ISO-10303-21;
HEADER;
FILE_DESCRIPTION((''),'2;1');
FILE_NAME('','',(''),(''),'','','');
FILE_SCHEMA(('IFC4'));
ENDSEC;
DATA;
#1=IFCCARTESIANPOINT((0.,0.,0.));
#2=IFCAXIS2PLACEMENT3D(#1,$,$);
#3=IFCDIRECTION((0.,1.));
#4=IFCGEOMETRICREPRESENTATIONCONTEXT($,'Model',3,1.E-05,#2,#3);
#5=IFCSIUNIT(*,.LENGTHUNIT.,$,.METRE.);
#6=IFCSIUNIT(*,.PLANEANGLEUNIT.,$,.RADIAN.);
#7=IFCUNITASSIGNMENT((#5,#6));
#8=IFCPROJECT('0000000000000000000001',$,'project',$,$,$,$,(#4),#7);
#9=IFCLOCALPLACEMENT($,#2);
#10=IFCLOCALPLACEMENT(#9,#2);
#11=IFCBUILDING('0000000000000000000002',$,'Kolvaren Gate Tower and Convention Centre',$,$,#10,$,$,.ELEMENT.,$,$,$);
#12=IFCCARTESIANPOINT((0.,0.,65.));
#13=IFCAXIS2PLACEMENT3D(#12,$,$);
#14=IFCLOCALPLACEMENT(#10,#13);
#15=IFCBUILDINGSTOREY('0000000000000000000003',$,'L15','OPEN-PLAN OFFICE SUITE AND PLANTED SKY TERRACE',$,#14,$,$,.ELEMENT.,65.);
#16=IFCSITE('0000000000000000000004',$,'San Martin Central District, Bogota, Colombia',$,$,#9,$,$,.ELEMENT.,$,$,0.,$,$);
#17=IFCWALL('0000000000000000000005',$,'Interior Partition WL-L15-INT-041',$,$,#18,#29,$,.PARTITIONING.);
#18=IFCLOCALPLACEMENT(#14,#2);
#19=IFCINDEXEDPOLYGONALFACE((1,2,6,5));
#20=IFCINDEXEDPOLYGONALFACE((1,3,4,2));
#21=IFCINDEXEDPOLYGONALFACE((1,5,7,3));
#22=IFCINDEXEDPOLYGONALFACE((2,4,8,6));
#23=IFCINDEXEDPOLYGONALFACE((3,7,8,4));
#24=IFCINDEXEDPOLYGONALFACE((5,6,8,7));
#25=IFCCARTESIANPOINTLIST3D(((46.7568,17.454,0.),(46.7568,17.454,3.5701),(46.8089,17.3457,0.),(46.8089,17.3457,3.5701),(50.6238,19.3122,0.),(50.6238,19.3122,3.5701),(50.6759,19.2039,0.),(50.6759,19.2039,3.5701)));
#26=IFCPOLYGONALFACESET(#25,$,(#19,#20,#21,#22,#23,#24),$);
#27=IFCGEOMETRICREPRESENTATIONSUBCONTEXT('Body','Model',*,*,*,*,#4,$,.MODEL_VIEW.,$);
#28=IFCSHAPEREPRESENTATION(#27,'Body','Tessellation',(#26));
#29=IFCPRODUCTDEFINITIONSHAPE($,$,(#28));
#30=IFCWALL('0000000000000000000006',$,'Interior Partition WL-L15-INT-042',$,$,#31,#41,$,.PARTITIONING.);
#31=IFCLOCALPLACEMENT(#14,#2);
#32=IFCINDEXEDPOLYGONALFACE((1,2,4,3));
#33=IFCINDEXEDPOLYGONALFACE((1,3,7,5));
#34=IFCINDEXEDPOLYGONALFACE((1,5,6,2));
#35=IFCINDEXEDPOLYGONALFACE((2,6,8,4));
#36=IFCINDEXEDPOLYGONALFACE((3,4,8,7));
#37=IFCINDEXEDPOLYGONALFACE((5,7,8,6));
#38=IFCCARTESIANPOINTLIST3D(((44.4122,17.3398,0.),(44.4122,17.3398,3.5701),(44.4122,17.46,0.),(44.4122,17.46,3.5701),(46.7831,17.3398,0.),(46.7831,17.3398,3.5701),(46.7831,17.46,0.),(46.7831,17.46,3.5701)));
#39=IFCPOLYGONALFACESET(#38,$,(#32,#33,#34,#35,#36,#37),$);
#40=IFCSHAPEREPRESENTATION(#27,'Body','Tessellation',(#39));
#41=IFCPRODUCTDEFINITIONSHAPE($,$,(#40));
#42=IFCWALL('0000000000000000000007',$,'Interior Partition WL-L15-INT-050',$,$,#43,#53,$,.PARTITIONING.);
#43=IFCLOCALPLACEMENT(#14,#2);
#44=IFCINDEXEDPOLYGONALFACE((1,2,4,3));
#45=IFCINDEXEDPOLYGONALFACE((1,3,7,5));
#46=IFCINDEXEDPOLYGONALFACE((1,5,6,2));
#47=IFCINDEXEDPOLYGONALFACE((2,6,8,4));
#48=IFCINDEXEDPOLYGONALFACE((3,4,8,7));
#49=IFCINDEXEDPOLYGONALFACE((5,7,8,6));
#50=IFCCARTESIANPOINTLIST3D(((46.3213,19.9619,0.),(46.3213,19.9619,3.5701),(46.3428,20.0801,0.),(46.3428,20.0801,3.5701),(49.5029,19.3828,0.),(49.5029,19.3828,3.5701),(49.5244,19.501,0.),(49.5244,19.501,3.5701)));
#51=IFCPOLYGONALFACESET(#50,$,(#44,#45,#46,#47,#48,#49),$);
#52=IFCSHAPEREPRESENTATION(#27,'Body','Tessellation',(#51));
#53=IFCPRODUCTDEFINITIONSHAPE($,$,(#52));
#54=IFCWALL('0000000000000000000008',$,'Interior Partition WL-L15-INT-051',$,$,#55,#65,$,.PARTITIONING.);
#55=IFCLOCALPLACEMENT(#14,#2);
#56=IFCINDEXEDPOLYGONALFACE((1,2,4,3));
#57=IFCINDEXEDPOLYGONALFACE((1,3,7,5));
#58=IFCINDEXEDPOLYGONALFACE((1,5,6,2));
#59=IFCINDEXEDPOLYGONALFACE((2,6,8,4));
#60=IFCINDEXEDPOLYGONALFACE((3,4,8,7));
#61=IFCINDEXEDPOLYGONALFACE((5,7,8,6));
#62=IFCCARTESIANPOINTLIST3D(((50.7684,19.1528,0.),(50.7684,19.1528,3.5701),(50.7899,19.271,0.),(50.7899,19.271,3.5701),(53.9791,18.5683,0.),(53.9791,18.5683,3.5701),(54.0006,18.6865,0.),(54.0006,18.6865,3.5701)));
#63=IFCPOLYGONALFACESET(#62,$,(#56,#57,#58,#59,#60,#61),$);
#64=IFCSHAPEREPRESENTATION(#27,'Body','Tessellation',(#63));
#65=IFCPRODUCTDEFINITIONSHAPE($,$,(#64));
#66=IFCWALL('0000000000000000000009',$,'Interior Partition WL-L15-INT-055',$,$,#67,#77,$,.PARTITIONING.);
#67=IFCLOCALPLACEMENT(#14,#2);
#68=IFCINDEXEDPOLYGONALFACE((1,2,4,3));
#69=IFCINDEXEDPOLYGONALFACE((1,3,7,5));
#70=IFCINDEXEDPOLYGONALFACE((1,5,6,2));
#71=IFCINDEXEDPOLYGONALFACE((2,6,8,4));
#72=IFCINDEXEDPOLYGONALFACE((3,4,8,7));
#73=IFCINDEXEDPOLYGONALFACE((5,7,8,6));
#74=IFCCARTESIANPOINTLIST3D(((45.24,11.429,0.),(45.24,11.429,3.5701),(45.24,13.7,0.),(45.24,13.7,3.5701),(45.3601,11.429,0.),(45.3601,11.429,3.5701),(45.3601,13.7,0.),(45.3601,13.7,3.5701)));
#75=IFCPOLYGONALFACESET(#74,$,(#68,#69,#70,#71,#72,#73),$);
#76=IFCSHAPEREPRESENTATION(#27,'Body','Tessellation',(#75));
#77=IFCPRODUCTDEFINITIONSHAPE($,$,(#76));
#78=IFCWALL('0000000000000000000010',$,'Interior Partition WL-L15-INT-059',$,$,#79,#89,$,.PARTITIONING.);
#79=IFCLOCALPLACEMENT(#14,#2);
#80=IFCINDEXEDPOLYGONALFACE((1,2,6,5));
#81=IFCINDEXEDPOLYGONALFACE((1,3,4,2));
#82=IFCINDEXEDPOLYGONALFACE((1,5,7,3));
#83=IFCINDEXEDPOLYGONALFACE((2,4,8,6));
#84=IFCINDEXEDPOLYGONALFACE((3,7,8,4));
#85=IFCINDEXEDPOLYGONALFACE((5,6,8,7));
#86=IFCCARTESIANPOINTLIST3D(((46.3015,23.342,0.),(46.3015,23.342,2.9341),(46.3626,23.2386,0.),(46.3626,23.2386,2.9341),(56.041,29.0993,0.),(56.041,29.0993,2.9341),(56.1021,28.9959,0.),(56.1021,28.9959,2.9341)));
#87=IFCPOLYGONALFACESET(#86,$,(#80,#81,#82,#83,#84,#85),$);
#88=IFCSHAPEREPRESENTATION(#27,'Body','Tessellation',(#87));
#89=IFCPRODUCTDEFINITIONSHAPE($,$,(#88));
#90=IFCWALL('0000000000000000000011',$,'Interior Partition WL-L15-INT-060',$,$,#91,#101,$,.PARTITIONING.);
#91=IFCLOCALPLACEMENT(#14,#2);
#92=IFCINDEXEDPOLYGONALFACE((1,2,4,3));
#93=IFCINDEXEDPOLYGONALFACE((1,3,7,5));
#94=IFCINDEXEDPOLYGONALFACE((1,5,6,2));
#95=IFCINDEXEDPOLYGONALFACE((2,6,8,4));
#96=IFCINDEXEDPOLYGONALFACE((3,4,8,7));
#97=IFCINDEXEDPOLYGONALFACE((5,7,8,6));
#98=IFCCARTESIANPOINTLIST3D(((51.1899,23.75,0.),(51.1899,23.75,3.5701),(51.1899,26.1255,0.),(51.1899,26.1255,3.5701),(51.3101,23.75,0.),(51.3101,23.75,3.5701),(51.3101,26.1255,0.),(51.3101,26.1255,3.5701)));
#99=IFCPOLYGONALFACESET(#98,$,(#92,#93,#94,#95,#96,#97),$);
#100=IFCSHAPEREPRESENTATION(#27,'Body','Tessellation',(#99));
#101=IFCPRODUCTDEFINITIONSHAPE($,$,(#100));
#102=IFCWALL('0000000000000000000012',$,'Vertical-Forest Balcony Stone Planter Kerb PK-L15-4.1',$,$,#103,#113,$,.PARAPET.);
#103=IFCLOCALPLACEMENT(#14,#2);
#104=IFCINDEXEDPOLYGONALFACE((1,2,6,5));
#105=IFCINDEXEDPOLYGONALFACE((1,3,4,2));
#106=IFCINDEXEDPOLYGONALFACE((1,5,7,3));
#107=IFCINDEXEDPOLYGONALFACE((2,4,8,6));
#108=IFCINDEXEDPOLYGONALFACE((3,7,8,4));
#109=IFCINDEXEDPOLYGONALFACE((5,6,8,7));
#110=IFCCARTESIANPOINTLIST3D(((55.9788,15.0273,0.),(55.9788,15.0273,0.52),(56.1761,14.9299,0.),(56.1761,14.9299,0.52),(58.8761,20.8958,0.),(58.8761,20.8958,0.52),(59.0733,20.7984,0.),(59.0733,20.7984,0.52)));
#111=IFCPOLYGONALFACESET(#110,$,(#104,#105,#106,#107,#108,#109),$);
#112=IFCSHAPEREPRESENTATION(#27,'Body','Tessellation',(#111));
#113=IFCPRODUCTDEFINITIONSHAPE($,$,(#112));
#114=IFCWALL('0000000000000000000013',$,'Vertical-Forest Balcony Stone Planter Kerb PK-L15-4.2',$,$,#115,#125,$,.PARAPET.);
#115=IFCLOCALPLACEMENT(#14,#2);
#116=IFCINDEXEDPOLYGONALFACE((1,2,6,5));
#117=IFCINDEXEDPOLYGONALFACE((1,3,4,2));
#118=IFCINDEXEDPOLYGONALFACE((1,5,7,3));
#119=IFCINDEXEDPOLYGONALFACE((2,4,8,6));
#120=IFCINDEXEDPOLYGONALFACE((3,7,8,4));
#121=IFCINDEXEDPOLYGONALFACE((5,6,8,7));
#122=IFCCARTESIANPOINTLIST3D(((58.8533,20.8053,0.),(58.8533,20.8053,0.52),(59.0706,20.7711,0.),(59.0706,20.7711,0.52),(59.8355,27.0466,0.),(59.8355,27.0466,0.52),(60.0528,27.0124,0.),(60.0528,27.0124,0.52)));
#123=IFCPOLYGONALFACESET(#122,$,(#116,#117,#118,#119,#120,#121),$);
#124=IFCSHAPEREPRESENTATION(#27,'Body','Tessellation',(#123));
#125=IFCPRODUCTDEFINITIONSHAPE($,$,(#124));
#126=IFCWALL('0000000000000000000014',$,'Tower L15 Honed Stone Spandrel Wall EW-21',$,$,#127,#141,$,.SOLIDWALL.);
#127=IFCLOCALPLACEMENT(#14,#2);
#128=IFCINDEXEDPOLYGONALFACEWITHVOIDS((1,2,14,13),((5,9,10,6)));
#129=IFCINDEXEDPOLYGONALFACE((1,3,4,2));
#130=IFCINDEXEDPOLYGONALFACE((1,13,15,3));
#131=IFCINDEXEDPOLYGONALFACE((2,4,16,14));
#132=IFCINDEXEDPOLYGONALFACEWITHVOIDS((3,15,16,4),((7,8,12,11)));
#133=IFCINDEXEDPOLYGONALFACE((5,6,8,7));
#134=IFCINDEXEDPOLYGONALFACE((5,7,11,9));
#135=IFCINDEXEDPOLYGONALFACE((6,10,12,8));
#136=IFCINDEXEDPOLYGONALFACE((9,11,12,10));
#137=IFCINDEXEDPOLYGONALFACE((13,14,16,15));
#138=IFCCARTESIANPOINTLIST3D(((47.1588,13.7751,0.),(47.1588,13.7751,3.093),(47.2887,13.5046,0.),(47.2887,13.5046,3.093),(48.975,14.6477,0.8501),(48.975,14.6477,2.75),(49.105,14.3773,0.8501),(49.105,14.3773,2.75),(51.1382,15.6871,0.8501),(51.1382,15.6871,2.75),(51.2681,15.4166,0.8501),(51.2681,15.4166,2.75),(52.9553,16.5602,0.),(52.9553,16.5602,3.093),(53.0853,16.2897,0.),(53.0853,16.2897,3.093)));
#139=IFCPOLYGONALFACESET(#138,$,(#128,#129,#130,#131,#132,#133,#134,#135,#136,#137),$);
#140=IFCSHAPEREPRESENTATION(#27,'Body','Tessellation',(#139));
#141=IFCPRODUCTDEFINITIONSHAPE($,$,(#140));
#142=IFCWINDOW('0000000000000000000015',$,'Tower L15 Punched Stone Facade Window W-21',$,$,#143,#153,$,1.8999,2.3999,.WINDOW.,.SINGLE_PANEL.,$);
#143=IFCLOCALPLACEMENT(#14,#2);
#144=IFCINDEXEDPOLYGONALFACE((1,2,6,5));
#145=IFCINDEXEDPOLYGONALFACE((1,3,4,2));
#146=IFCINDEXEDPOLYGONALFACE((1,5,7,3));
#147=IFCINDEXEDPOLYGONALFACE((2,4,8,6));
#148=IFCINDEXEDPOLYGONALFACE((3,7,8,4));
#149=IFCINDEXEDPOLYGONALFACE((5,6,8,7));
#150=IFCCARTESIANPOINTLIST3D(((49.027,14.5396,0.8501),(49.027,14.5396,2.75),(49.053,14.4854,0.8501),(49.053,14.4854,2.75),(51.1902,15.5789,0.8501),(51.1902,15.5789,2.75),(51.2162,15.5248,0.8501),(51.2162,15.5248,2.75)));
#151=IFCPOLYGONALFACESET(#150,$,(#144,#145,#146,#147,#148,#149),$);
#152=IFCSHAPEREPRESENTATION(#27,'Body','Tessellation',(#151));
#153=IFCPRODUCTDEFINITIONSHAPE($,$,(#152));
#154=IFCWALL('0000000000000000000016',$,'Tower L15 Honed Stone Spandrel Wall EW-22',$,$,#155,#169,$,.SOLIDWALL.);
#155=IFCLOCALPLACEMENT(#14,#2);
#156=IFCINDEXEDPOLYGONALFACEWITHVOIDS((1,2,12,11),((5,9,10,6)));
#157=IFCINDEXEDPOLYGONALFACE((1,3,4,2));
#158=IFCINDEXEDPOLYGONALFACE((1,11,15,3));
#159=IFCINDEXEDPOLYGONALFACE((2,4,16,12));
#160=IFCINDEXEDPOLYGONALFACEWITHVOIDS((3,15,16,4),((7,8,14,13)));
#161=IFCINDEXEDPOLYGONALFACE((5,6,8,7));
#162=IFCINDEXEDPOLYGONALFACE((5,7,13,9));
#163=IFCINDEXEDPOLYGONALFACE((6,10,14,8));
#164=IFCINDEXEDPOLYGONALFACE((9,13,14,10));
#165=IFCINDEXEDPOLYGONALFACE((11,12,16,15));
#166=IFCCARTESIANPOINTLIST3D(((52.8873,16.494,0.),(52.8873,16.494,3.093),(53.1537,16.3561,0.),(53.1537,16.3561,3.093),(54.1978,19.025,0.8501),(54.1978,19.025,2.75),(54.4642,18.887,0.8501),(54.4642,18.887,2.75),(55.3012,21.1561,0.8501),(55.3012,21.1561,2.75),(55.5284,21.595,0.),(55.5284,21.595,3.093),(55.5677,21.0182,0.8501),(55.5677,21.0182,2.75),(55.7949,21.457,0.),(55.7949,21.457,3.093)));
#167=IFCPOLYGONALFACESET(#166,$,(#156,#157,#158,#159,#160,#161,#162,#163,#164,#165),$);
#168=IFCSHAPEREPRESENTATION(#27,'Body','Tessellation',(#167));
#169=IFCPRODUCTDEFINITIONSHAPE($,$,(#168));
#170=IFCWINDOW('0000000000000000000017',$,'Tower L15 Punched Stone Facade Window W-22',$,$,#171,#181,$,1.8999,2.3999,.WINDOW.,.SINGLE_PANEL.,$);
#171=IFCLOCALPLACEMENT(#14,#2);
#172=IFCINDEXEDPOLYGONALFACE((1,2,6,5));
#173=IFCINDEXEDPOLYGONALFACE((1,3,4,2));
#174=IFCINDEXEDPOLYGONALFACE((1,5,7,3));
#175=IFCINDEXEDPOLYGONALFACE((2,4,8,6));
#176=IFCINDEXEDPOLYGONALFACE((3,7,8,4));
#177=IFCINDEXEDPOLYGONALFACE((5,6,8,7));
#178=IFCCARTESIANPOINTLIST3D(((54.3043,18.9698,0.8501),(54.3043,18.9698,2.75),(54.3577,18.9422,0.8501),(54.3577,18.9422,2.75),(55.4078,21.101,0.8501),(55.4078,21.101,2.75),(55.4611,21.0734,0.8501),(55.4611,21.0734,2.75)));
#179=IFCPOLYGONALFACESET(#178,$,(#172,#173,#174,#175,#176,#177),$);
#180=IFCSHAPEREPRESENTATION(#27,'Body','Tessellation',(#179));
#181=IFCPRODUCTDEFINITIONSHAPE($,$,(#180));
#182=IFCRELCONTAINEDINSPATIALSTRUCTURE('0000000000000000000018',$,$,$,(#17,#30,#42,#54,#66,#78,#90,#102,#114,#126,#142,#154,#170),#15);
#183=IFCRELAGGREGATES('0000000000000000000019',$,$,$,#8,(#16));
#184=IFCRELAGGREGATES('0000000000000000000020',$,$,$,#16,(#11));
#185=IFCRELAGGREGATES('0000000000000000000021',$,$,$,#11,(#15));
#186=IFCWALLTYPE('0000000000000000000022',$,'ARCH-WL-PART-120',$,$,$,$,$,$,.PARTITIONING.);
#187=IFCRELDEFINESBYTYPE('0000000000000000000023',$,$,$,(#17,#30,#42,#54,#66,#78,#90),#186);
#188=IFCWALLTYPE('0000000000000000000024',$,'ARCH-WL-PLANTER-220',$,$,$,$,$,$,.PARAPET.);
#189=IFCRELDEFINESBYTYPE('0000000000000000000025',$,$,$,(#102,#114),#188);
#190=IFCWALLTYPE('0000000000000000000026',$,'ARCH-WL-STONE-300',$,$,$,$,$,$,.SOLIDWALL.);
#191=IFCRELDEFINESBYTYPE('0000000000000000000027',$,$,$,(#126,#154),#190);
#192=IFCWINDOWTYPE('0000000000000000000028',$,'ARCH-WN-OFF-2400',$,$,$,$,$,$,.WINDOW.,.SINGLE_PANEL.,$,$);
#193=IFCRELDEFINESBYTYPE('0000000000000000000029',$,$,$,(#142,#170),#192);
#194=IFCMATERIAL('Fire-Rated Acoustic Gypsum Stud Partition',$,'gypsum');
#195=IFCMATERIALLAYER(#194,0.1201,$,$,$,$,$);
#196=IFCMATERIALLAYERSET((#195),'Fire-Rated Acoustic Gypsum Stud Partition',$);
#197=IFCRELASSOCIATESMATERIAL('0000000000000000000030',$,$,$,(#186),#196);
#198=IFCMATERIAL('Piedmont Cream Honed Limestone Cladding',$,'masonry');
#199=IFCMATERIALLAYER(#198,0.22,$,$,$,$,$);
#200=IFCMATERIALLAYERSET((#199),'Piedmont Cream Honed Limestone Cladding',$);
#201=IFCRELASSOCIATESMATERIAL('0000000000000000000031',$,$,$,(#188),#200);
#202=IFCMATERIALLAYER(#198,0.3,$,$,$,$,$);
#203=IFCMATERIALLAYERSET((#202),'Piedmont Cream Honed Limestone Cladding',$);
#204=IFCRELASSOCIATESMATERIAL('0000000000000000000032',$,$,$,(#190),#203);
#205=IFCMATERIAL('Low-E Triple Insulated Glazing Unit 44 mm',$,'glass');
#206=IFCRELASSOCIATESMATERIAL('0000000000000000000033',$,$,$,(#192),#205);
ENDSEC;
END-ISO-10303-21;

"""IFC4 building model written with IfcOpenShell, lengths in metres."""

from ifc_helpers import new_model, si_unit, direction, frame, frame_2d, origin, place, context, subcontext, project, spatial, rectangle, extrude, material, layer, layer_set, type_object, element, fill, save


model = new_model("IFC4")

# Units and contexts
model_context = context("Model", 3, precision=1e-05, world=origin(), true_north=direction((0.0, 1.0)))
body_context = subcontext(model_context, "Body", "Model", "MODEL_VIEW")
ifc_project = project(units=[si_unit("LENGTHUNIT", "METRE"), si_unit("PLANEANGLEUNIT", "RADIAN")], contexts=[model_context])

# Site, building, storey
site_placement = place(None, origin())
site = spatial("IfcSite", under=ifc_project, at=site_placement, Name="San Martin Central District, Bogota, Colombia", CompositionType="ELEMENT", RefElevation=0.0)
building_placement = place(site_placement, origin())
building = spatial("IfcBuilding", under=site, at=building_placement, Name="Kolvaren Gate Tower and Convention Centre", CompositionType="ELEMENT")
storey_placement = place(building_placement, frame((0.0, 0.0, 65.0)))
storey = spatial("IfcBuildingStorey", under=building, at=storey_placement, Name="L15", Description="OPEN-PLAN OFFICE SUITE AND PLANTED SKY TERRACE", CompositionType="ELEMENT", Elevation=65.0)

# Shared definitions
ifc_material_1 = material(Name="Fire-Rated Acoustic Gypsum Stud Partition", Category="gypsum")
ifc_layer_1 = layer(ifc_material_1, 0.1201)
ifc_layer_set_1 = layer_set([ifc_layer_1], Name="Fire-Rated Acoustic Gypsum Stud Partition")
wall_type_1 = type_object("IfcWallType", Name="ARCH-WL-PART-120", PredefinedType="PARTITIONING", material=ifc_layer_set_1)

# Walls
wall_1_placement = place(storey_placement, frame((46.783, 17.3999, 0.0), z_axis=(0.0, 0.0, 1.0), x_axis=(0.901339, 0.433114, 0.0)))
element("IfcWall", 1, at=wall_1_placement, inside=storey, type_object=wall_type_1, Name="Interior Partition WL-L15-INT-041", PredefinedType="PARTITIONING", context=body_context, shape_type="SweptSolid", body=[
    extrude(rectangle(XDim=4.2903, YDim=0.1201, at=frame_2d((2.145, 0.0))), origin(), (0.0, 0.0, 1.0), 3.5701),
])
wall_2_placement = place(storey_placement, frame((44.4121, 17.3999, 0.0), z_axis=(0.0, 0.0, 1.0), x_axis=(1.0, 0.0, 0.0)))
element("IfcWall", 2, at=wall_2_placement, inside=storey, type_object=wall_type_1, Name="Interior Partition WL-L15-INT-042", PredefinedType="PARTITIONING", context=body_context, shape_type="SweptSolid", body=[
    extrude(rectangle(XDim=2.3708, YDim=0.1201, at=frame_2d((1.1855, 0.0))), origin(), (0.0, 0.0, 1.0), 3.5701),
])
wall_3_placement = place(storey_placement, frame((46.332, 20.021, 0.0), z_axis=(0.0, 0.0, 1.0), x_axis=(0.983836, -0.179071, 0.0)))
element("IfcWall", 3, at=wall_3_placement, inside=storey, type_object=wall_type_1, Name="Interior Partition WL-L15-INT-050", PredefinedType="PARTITIONING", context=body_context, shape_type="SweptSolid", body=[
    extrude(rectangle(XDim=3.2339, YDim=0.1201, at=frame_2d((1.6169, 0.0))), origin(), (0.0, 0.0, 1.0), 3.5701),
])
wall_4_placement = place(storey_placement, frame((50.7791, 19.2119, 0.0), z_axis=(0.0, 0.0, 1.0), x_axis=(0.983832, -0.179096, 0.0)))
element("IfcWall", 4, at=wall_4_placement, inside=storey, type_object=wall_type_1, Name="Interior Partition WL-L15-INT-051", PredefinedType="PARTITIONING", context=body_context, shape_type="SweptSolid", body=[
    extrude(rectangle(XDim=3.2634, YDim=0.1201, at=frame_2d((1.6318, 0.0))), origin(), (0.0, 0.0, 1.0), 3.5701),
])
wall_5_placement = place(storey_placement, frame((45.3, 11.429, 0.0), z_axis=(0.0, 0.0, 1.0), x_axis=(0.0, 1.0, 0.0)))
element("IfcWall", 5, at=wall_5_placement, inside=storey, type_object=wall_type_1, Name="Interior Partition WL-L15-INT-055", PredefinedType="PARTITIONING", context=body_context, shape_type="SweptSolid", body=[
    extrude(rectangle(XDim=2.271, YDim=0.1201, at=frame_2d((1.1355, 0.0))), origin(), (0.0, 0.0, 1.0), 3.5701),
])
wall_6_placement = place(storey_placement, frame((46.332, 23.2903, 0.0), z_axis=(0.0, 0.0, 1.0), x_axis=(0.860843, 0.508871, 0.0)))
element("IfcWall", 6, at=wall_6_placement, inside=storey, type_object=wall_type_1, Name="Interior Partition WL-L15-INT-059", PredefinedType="PARTITIONING", context=body_context, shape_type="SweptSolid", body=[
    extrude(rectangle(XDim=11.314, YDim=0.1201, at=frame_2d((5.657, 0.0))), origin(), (0.0, 0.0, 1.0), 2.9341),
])
wall_7_placement = place(storey_placement, frame((51.25, 23.75, 0.0), z_axis=(0.0, 0.0, 1.0), x_axis=(0.0, 1.0, 0.0)))
element("IfcWall", 7, at=wall_7_placement, inside=storey, type_object=wall_type_1, Name="Interior Partition WL-L15-INT-060", PredefinedType="PARTITIONING", context=body_context, shape_type="SweptSolid", body=[
    extrude(rectangle(XDim=2.3755, YDim=0.1201, at=frame_2d((1.1877, 0.0))), origin(), (0.0, 0.0, 1.0), 3.5701),
])
ifc_material_2 = material(Name="Piedmont Cream Honed Limestone Cladding", Category="masonry")
ifc_layer_2 = layer(ifc_material_2, 0.22)
ifc_layer_set_2 = layer_set([ifc_layer_2], Name="Piedmont Cream Honed Limestone Cladding")
wall_type_2 = type_object("IfcWallType", Name="ARCH-WL-PLANTER-220", PredefinedType="PARAPET", material=ifc_layer_set_2)
wall_8_placement = place(storey_placement, frame((56.0774, 14.9785, 0.0), z_axis=(0.0, 0.0, 1.0), x_axis=(0.442687, 0.896676, 0.0)))
element("IfcWall", 8, at=wall_8_placement, inside=storey, type_object=wall_type_2, Name="Vertical-Forest Balcony Stone Planter Kerb PK-L15-4.1", PredefinedType="PARAPET", context=body_context, shape_type="SweptSolid", body=[
    extrude(rectangle(XDim=6.5447, YDim=0.22, at=frame_2d((3.2725, 0.0))), origin(), (0.0, 0.0, 1.0), 0.52),
])
wall_9_placement = place(storey_placement, frame((58.9619, 20.7881, 0.0), z_axis=(0.0, 0.0, 1.0), x_axis=(0.155457, 0.987843, 0.0)))
element("IfcWall", 9, at=wall_9_placement, inside=storey, type_object=wall_type_2, Name="Vertical-Forest Balcony Stone Planter Kerb PK-L15-4.2", PredefinedType="PARAPET", context=body_context, shape_type="SweptSolid", body=[
    extrude(rectangle(XDim=6.3181, YDim=0.22, at=frame_2d((3.1592, 0.0))), origin(), (0.0, 0.0, 1.0), 0.52),
])

# Walls, openings, windows
ifc_layer_3 = layer(ifc_material_2, 0.3)
ifc_layer_set_3 = layer_set([ifc_layer_3], Name="Piedmont Cream Honed Limestone Cladding")
wall_type_3 = type_object("IfcWallType", Name="ARCH-WL-STONE-300", PredefinedType="SOLIDWALL", material=ifc_layer_set_3)
wall_10_placement = place(storey_placement, frame((47.2239, 13.6399, 0.0), z_axis=(0.0, 0.0, 1.0), x_axis=(0.901355, 0.433082, 0.0)))
wall_10 = element("IfcWall", 10, at=wall_10_placement, inside=storey, type_object=wall_type_3, Name="Tower L15 Honed Stone Spandrel Wall EW-21", PredefinedType="SOLIDWALL", context=body_context, shape_type="SweptSolid", body=[
    extrude(rectangle(XDim=6.4309, YDim=0.3, at=frame_2d((3.2153, 0.0))), origin(), (0.0, 0.0, 1.0), 3.093),
])
opening_1_placement = place(wall_10_placement, frame((2.0149, 0.0, 0.8501)))
opening_1 = element("IfcOpeningElement", 11, at=opening_1_placement, cuts=wall_10, PredefinedType="OPENING", context=body_context, shape_type="SweptSolid", body=[
    extrude(rectangle(XDim=2.3999, YDim=1.8999, at=frame_2d((1.2, 0.95))), frame((0.0, 0.1599, 0.0), z_axis=(0.0, -1.0, 0.0), x_axis=(1.0, 0.0, 0.0)), (0.0, 0.0, 1.0), 0.3201),
])
ifc_material_3 = material(Name="Low-E Triple Insulated Glazing Unit 44 mm", Category="glass")
window_type = type_object("IfcWindowType", Name="ARCH-WN-OFF-2400", PartitioningType="SINGLE_PANEL", PredefinedType="WINDOW", material=ifc_material_3)
window_1_placement = place(opening_1_placement, origin())
window_1 = element("IfcWindow", 12, at=window_1_placement, inside=storey, type_object=window_type, Name="Tower L15 Punched Stone Facade Window W-21", OverallHeight=1.8999, OverallWidth=2.3999, PartitioningType="SINGLE_PANEL", PredefinedType="WINDOW", context=body_context, shape_type="SweptSolid", body=[
    extrude(rectangle(XDim=2.3999, YDim=1.8999, at=frame_2d((1.2, 0.95))), frame((0.0, 0.03, 0.0), z_axis=(0.0, -1.0, 0.0), x_axis=(1.0, 0.0, 0.0)), (0.0, 0.0, 1.0), 0.0601),
])
fill(opening_1, window_1)
wall_11_placement = place(storey_placement, frame((53.0205, 16.425, 0.0), z_axis=(0.0, 0.0, 1.0), x_axis=(0.459801, 0.888022, 0.0)))
wall_11 = element("IfcWall", 13, at=wall_11_placement, inside=storey, type_object=wall_type_3, Name="Tower L15 Honed Stone Spandrel Wall EW-22", PredefinedType="SOLIDWALL", context=body_context, shape_type="SweptSolid", body=[
    extrude(rectangle(XDim=5.7441, YDim=0.3, at=frame_2d((2.8721, 0.0))), origin(), (0.0, 0.0, 1.0), 3.093),
])
opening_2_placement = place(wall_11_placement, frame((2.8501, 0.0, 0.8501)))
opening_2 = element("IfcOpeningElement", 14, at=opening_2_placement, cuts=wall_11, PredefinedType="OPENING", context=body_context, shape_type="SweptSolid", body=[
    extrude(rectangle(XDim=2.3999, YDim=1.8999, at=frame_2d((1.2, 0.95))), frame((0.0, 0.1599, 0.0), z_axis=(0.0, -1.0, 0.0), x_axis=(1.0, 0.0, 0.0)), (0.0, 0.0, 1.0), 0.3201),
])
window_2_placement = place(opening_2_placement, origin())
window_2 = element("IfcWindow", 15, at=window_2_placement, inside=storey, type_object=window_type, Name="Tower L15 Punched Stone Facade Window W-22", OverallHeight=1.8999, OverallWidth=2.3999, PartitioningType="SINGLE_PANEL", PredefinedType="WINDOW", context=body_context, shape_type="SweptSolid", body=[
    extrude(rectangle(XDim=2.3999, YDim=1.8999, at=frame_2d((1.2, 0.95))), frame((0.0, 0.03, 0.0), z_axis=(0.0, -1.0, 0.0), x_axis=(1.0, 0.0, 0.0)), (0.0, 0.0, 1.0), 0.0601),
])
fill(opening_2, window_2)

save(model, "model.ifc")
